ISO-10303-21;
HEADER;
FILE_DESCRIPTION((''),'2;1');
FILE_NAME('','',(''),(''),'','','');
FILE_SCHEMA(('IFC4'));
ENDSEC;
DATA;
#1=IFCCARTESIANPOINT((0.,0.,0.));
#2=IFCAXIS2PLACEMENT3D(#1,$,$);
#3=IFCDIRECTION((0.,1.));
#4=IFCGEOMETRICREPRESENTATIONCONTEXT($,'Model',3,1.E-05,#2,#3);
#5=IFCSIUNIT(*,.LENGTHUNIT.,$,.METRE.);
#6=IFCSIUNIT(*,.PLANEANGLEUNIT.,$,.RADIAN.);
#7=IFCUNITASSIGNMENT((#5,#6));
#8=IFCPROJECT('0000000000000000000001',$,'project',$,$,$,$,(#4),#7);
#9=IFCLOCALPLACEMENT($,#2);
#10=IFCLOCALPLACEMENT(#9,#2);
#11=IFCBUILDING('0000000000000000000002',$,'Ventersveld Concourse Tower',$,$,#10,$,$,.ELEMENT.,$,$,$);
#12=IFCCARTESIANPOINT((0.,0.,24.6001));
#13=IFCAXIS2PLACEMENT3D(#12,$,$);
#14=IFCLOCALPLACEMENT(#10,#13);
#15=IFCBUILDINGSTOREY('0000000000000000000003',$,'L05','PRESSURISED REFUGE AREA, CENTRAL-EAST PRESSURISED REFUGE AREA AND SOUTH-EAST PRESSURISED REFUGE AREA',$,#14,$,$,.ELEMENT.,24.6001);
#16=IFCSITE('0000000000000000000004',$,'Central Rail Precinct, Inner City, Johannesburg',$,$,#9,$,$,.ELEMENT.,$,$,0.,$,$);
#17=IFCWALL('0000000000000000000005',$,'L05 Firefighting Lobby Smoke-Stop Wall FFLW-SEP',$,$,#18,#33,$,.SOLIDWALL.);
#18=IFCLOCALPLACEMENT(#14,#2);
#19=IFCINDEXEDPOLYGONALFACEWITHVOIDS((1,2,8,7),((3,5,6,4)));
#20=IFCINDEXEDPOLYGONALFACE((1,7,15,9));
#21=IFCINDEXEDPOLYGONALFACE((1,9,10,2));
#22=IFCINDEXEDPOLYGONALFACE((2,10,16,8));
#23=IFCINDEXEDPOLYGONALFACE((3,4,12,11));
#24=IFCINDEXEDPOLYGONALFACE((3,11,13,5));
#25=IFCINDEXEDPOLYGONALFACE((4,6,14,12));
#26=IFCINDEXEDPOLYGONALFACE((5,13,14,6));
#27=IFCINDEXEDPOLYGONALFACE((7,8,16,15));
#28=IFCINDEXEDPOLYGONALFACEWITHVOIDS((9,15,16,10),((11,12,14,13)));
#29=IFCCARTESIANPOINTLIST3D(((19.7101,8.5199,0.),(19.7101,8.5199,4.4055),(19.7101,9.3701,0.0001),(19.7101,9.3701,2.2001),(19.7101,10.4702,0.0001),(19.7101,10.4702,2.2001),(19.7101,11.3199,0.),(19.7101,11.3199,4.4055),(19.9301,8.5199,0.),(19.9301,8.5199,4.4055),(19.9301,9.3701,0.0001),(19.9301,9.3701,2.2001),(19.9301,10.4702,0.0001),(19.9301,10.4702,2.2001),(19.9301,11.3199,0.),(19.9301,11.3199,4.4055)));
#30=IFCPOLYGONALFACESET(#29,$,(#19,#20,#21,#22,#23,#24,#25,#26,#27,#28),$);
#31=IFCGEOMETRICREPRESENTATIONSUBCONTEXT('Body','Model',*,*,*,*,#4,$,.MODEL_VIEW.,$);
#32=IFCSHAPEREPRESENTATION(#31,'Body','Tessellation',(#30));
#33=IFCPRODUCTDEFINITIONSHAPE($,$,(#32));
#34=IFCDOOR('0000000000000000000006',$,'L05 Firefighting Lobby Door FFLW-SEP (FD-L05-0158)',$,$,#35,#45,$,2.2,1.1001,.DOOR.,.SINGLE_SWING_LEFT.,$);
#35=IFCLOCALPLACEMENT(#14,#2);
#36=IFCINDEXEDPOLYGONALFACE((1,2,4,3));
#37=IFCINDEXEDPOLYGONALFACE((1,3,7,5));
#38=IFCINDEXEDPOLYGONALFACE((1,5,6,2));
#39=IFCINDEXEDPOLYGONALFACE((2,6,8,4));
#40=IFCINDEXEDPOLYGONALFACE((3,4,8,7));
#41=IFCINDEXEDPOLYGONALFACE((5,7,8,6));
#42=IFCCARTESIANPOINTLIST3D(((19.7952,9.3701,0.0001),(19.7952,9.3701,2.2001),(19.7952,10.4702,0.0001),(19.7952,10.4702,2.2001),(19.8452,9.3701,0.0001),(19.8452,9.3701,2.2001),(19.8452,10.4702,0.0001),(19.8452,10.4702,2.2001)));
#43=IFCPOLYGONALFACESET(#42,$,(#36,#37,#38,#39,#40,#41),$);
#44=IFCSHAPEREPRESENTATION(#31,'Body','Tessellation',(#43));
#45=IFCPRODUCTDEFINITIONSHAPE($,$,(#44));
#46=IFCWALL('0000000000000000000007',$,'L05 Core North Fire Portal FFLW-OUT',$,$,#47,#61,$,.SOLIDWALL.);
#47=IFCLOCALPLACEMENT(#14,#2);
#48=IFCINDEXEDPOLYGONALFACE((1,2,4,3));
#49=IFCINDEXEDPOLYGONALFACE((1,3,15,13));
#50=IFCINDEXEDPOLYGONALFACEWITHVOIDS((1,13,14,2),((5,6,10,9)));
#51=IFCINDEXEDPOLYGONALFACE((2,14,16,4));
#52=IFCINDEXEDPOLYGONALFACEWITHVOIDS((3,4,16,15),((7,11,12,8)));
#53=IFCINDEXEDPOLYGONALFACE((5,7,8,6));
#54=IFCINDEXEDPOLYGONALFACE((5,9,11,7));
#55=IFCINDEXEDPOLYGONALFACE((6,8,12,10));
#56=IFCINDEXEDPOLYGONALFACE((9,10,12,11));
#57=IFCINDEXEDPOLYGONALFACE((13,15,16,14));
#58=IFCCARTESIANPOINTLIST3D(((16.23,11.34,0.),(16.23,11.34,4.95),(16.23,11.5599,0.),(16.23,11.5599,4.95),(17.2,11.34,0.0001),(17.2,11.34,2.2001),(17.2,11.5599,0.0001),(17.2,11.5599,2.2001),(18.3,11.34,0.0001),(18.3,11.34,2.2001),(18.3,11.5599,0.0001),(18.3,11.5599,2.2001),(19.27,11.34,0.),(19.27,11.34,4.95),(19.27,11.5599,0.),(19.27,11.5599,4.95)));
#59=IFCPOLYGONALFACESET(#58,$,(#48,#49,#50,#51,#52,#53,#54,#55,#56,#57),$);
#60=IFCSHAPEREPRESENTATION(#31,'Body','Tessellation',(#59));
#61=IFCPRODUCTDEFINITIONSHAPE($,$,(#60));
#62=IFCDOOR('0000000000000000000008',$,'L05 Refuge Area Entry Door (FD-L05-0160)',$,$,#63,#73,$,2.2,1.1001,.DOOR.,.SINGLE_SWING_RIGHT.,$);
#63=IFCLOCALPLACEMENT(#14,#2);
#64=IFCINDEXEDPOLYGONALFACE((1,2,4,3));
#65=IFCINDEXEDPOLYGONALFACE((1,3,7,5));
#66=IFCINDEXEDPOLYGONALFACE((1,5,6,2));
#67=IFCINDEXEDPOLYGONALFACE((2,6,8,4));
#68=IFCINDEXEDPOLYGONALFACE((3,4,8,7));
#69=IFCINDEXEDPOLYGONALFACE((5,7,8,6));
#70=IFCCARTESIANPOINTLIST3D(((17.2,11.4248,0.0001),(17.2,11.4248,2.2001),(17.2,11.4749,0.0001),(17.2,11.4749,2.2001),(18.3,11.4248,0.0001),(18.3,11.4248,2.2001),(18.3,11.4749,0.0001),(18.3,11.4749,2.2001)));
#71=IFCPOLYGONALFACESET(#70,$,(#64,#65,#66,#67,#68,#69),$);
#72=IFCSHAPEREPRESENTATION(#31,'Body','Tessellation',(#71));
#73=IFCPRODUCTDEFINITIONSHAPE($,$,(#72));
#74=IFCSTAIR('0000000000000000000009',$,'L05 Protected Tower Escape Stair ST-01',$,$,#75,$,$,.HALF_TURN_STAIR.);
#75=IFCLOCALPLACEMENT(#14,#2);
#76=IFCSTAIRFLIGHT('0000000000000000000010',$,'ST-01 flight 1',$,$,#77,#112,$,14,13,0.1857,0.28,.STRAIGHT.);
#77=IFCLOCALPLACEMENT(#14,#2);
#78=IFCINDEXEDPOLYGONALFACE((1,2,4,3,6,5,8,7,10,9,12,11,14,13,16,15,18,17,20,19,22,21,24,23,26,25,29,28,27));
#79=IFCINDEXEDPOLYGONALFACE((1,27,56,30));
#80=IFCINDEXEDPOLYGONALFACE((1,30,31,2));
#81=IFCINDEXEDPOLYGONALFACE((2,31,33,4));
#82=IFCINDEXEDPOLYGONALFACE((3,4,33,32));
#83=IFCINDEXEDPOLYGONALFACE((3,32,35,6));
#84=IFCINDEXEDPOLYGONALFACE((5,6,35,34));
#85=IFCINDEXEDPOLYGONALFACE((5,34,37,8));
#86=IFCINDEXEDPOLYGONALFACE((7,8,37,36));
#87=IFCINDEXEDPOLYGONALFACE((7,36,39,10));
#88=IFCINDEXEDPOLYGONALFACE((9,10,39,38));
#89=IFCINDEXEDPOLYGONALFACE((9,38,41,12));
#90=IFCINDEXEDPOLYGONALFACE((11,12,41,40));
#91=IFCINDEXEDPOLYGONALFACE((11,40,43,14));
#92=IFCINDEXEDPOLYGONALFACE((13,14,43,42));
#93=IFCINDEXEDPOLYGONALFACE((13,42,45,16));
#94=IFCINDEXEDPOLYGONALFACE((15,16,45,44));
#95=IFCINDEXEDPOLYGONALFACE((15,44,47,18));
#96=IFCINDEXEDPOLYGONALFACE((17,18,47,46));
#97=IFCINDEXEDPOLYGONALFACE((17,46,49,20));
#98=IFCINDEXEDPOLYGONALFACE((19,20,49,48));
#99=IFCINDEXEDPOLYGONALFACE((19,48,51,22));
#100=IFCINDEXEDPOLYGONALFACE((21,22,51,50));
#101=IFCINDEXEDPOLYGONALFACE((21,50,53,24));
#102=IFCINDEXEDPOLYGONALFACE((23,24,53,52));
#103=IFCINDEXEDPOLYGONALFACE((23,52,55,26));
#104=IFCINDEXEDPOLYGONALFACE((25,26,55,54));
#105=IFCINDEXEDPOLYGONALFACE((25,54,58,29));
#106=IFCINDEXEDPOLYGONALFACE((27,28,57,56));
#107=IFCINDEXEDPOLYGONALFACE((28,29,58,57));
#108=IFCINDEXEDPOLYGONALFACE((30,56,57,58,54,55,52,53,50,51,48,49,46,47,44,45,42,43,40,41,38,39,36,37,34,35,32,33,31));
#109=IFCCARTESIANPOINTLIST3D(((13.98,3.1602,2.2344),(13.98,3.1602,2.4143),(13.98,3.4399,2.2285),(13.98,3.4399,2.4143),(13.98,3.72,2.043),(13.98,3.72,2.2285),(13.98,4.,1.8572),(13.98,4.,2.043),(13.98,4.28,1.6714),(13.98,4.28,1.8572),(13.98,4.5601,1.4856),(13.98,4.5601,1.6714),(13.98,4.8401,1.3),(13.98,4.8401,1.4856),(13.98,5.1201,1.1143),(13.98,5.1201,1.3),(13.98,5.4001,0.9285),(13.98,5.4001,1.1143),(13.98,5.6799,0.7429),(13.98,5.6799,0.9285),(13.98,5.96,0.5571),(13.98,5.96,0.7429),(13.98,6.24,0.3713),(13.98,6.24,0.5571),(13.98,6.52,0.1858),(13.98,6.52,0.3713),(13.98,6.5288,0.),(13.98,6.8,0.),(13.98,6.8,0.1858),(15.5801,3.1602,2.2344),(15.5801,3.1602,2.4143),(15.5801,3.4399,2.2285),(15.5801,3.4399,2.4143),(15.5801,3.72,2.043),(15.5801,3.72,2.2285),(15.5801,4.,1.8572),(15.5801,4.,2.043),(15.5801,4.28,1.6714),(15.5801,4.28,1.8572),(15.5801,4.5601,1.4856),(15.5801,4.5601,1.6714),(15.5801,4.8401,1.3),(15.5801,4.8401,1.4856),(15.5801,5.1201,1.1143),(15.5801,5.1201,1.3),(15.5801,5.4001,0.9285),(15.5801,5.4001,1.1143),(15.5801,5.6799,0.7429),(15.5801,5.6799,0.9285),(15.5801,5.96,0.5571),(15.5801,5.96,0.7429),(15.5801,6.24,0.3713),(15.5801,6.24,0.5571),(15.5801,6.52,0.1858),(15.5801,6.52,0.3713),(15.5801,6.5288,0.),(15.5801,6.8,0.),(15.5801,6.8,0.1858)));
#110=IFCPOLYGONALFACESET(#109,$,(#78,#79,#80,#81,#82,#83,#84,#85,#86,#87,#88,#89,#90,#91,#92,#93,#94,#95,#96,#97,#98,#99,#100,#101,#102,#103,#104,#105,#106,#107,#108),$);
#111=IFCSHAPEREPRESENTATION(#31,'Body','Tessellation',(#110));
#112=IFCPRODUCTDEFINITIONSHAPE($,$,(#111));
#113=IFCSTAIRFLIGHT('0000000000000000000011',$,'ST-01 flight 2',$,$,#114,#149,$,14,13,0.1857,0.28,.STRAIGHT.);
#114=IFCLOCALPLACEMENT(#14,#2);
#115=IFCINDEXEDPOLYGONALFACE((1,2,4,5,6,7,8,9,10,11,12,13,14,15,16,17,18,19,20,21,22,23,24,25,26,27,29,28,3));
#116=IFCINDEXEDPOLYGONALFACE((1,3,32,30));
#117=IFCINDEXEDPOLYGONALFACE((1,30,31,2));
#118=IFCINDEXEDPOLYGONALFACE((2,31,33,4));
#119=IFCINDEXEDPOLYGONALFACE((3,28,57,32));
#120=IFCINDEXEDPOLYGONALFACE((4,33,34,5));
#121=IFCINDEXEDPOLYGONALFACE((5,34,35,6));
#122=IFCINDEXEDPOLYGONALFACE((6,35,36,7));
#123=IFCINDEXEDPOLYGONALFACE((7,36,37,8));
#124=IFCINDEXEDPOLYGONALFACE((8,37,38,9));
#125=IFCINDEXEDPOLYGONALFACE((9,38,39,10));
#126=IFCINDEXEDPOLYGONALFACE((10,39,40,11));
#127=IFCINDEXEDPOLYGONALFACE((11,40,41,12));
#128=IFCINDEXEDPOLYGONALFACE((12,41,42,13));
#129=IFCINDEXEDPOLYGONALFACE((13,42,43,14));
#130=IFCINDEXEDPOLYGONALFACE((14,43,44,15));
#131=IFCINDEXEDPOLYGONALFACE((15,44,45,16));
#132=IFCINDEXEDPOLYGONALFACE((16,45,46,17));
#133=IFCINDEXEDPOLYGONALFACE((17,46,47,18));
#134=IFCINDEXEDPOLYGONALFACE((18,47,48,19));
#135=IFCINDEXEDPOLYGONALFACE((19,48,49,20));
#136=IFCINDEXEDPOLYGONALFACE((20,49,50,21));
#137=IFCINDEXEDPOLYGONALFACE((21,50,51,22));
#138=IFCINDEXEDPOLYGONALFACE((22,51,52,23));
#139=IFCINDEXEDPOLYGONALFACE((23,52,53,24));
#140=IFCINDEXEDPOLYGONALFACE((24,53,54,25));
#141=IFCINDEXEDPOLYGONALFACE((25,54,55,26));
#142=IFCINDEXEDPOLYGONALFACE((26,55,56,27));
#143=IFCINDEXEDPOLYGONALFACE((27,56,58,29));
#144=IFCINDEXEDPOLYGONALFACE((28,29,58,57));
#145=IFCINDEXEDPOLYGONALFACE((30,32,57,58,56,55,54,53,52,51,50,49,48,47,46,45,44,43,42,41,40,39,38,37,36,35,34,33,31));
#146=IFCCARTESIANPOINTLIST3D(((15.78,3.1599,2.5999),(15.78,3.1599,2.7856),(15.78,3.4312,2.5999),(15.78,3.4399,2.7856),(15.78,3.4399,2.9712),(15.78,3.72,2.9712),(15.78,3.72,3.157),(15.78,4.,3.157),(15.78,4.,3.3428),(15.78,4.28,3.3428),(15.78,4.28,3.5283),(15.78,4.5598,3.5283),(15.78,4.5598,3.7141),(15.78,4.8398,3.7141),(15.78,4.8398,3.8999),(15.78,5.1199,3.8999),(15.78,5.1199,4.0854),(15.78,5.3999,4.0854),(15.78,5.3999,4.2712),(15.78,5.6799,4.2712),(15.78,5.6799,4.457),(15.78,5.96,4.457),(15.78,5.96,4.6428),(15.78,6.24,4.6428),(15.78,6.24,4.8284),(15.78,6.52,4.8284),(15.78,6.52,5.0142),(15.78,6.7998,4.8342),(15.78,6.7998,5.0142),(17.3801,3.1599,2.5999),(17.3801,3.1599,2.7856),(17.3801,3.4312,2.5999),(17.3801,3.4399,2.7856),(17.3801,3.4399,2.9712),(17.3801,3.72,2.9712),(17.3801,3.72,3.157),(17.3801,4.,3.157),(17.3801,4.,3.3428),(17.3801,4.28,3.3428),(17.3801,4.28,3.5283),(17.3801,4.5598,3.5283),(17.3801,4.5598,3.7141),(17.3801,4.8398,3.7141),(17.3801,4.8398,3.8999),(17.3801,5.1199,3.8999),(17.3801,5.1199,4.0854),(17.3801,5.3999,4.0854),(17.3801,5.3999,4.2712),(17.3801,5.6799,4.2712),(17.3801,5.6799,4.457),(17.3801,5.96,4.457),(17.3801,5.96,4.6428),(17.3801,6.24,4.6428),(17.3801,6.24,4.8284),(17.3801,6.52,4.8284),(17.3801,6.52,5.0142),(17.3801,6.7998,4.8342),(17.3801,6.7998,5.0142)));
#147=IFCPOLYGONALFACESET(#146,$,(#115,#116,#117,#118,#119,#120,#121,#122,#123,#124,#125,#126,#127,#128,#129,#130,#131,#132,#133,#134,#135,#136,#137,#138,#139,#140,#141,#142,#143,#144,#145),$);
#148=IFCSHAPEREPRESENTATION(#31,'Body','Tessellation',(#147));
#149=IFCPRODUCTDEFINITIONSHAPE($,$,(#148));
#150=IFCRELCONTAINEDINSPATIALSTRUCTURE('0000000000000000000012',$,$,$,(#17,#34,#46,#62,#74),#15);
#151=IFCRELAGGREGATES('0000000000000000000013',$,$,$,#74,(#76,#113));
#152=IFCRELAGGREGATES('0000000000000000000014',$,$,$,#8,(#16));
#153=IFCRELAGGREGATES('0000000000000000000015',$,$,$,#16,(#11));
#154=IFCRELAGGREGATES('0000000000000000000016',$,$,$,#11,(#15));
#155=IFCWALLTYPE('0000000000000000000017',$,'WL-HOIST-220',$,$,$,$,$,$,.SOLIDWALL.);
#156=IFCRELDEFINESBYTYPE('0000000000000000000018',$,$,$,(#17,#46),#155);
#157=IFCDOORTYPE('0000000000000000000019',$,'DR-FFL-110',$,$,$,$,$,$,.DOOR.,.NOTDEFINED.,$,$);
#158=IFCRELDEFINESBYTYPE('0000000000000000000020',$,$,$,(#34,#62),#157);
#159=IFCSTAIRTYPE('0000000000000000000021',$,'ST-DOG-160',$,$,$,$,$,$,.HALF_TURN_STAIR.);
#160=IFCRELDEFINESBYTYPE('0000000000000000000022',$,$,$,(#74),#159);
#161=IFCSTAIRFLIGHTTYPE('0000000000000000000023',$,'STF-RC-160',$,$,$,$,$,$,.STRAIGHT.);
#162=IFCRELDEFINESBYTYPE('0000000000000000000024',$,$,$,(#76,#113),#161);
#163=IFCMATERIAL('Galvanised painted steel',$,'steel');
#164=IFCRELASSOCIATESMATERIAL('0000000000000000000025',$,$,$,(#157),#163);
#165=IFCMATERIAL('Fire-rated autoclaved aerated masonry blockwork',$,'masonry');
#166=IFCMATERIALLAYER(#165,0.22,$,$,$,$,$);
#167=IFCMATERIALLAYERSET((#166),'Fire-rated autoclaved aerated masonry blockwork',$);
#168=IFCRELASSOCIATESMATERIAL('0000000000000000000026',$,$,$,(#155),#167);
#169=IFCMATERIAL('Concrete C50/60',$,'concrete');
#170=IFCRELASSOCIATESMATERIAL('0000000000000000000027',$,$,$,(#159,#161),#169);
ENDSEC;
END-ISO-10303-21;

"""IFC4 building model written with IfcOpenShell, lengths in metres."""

from ifc_helpers import new_model, si_unit, direction, frame, frame_2d, origin, place, context, subcontext, project, spatial, polyline, rectangle, outline, extrude, material, layer, layer_set, type_object, element, fill, aggregate, save


model = new_model("IFC4")

# Units and contexts
model_context = context("Model", 3, precision=1e-05, world=origin(), true_north=direction((0.0, 1.0)))
body_context = subcontext(model_context, "Body", "Model", "MODEL_VIEW")
ifc_project = project(units=[si_unit("LENGTHUNIT", "METRE"), si_unit("PLANEANGLEUNIT", "RADIAN")], contexts=[model_context])

# Site, building, storey
site_placement = place(None, origin())
site = spatial("IfcSite", under=ifc_project, at=site_placement, Name="Central Rail Precinct, Inner City, Johannesburg", CompositionType="ELEMENT", RefElevation=0.0)
building_placement = place(site_placement, origin())
building = spatial("IfcBuilding", under=site, at=building_placement, Name="Ventersveld Concourse Tower", CompositionType="ELEMENT")
storey_placement = place(building_placement, frame((0.0, 0.0, 24.6001)))
storey = spatial("IfcBuildingStorey", under=building, at=storey_placement, Name="L05", Description="PRESSURISED REFUGE AREA, CENTRAL-EAST PRESSURISED REFUGE AREA AND SOUTH-EAST PRESSURISED REFUGE AREA", CompositionType="ELEMENT", Elevation=24.6001)

# Shared definitions
ifc_material_1 = material(Name="Concrete C50/60", Category="concrete")

# Shared definitions
ifc_material_2 = material(Name="Fire-rated autoclaved aerated masonry blockwork", Category="masonry")
ifc_material_3 = material(Name="Galvanised painted steel", Category="steel")
door_type_1 = type_object("IfcDoorType", Name="DR-FFL-110", OperationType="NOTDEFINED", PredefinedType="DOOR", material=ifc_material_3)

# Shared definitions
ifc_layer_1 = layer(ifc_material_2, 0.22)
ifc_layer_set_1 = layer_set([ifc_layer_1], Name="Fire-rated autoclaved aerated masonry blockwork")
wall_type_1 = type_object("IfcWallType", Name="WL-HOIST-220", PredefinedType="SOLIDWALL", material=ifc_layer_set_1)

# Walls, openings, doors
wall_1_placement = place(storey_placement, frame((19.8201, 8.52, 0.0), z_axis=(0.0, 0.0, 1.0), x_axis=(0.0, 1.0, 0.0)))
wall_1 = element("IfcWall", 1, at=wall_1_placement, inside=storey, type_object=wall_type_1, Name="L05 Firefighting Lobby Smoke-Stop Wall FFLW-SEP", PredefinedType="SOLIDWALL", context=body_context, shape_type="SweptSolid", body=[
    extrude(rectangle(XDim=2.8, YDim=0.22, at=frame_2d((1.3999, 0.0))), origin(), (0.0, 0.0, 1.0), 4.4055),
])
opening_1_placement = place(wall_1_placement, frame((0.8501, 0.0, 0.0)))
opening_1 = element("IfcOpeningElement", 2, at=opening_1_placement, cuts=wall_1, PredefinedType="OPENING", context=body_context, shape_type="SweptSolid", body=[
    extrude(rectangle(XDim=1.1001, YDim=2.2, at=frame_2d((0.55, 1.1001))), frame((0.0, 0.1201, 0.0), z_axis=(0.0, -1.0, 0.0), x_axis=(1.0, 0.0, 0.0)), (0.0, 0.0, 1.0), 0.24),
])
door_1_placement = place(opening_1_placement, origin())
door_1 = element("IfcDoor", 3, at=door_1_placement, inside=storey, type_object=door_type_1, Name="L05 Firefighting Lobby Door FFLW-SEP (FD-L05-0158)", OperationType="SINGLE_SWING_LEFT", OverallHeight=2.2, OverallWidth=1.1001, PredefinedType="DOOR", context=body_context, shape_type="SweptSolid", body=[
    extrude(rectangle(XDim=1.1001, YDim=2.2, at=frame_2d((0.55, 1.1001))), frame((0.0, 0.0249, 0.0), z_axis=(0.0, -1.0, 0.0), x_axis=(1.0, 0.0, 0.0)), (0.0, 0.0, 1.0), 0.05),
])
fill(opening_1, door_1)
wall_2_placement = place(storey_placement, frame((16.23, 11.45, 0.0), z_axis=(0.0, 0.0, 1.0), x_axis=(1.0, 0.0, 0.0)))
wall_2 = element("IfcWall", 4, at=wall_2_placement, inside=storey, type_object=wall_type_1, Name="L05 Core North Fire Portal FFLW-OUT", PredefinedType="SOLIDWALL", context=body_context, shape_type="SweptSolid", body=[
    extrude(rectangle(XDim=3.04, YDim=0.22, at=frame_2d((1.52, 0.0))), origin(), (0.0, 0.0, 1.0), 4.95),
])
opening_2_placement = place(wall_2_placement, frame((0.97, 0.0, 0.0)))
opening_2 = element("IfcOpeningElement", 5, at=opening_2_placement, cuts=wall_2, PredefinedType="OPENING", context=body_context, shape_type="SweptSolid", body=[
    extrude(rectangle(XDim=1.1001, YDim=2.2, at=frame_2d((0.55, 1.1001))), frame((0.0, 0.1201, 0.0), z_axis=(0.0, -1.0, 0.0), x_axis=(1.0, 0.0, 0.0)), (0.0, 0.0, 1.0), 0.24),
])
door_2_placement = place(opening_2_placement, origin())
door_2 = element("IfcDoor", 6, at=door_2_placement, inside=storey, type_object=door_type_1, Name="L05 Refuge Area Entry Door (FD-L05-0160)", OperationType="SINGLE_SWING_RIGHT", OverallHeight=2.2, OverallWidth=1.1001, PredefinedType="DOOR", context=body_context, shape_type="SweptSolid", body=[
    extrude(rectangle(XDim=1.1001, YDim=2.2, at=frame_2d((0.55, 1.1001))), frame((0.0, 0.0249, 0.0), z_axis=(0.0, -1.0, 0.0), x_axis=(1.0, 0.0, 0.0)), (0.0, 0.0, 1.0), 0.05),
])
fill(opening_2, door_2)

# Stair, stair flights
stair_type = type_object("IfcStairType", Name="ST-DOG-160", PredefinedType="HALF_TURN_STAIR", material=ifc_material_1)
stair_placement = place(storey_placement, origin())
stair = element("IfcStair", 7, at=stair_placement, inside=storey, type_object=stair_type, Name="L05 Protected Tower Escape Stair ST-01", PredefinedType="HALF_TURN_STAIR")
stair_flight_type = type_object("IfcStairFlightType", Name="STF-RC-160", PredefinedType="STRAIGHT", material=ifc_material_1)
stair_flight_1_placement = place(storey_placement, frame((14.78, 6.8, 0.0), z_axis=(0.0, 0.0, 1.0), x_axis=(0.0, -1.0, 0.0)))
stair_flight_1 = element("IfcStairFlight", 8, at=stair_flight_1_placement, type_object=stair_flight_type, Name="ST-01 flight 1", NumberOfRisers=14, NumberOfTreads=13, PredefinedType="STRAIGHT", RiserHeight=0.1857, TreadLength=0.28, context=body_context, shape_type="SweptSolid", body=[
    extrude(outline(polyline([(0.0, 0.0), (0.0, 0.1858), (0.28, 0.1858), (0.28, 0.3713), (0.5601, 0.3713), (0.5601, 0.5571), (0.8401, 0.5571), (0.8401, 0.7429), (1.1201, 0.7429), (1.1201, 0.9285), (1.3999, 0.9285), (1.3999, 1.1143), (1.6799, 1.1143), (1.6799, 1.3), (1.96, 1.3), (1.96, 1.4856), (2.24, 1.4856), (2.24, 1.6714), (2.52, 1.6714), (2.52, 1.8572), (2.8, 1.8572), (2.8, 2.043), (3.0801, 2.043), (3.0801, 2.2285), (3.3601, 2.2285), (3.3601, 2.4143), (3.6399, 2.4143), (3.6399, 2.6001), (3.6399, 2.2344), (0.2712, 0.0), (0.0, 0.0)])), frame((0.0, 0.8, 0.0), z_axis=(0.0, -1.0, 0.0), x_axis=(1.0, 0.0, 0.0)), (0.0, 0.0, 1.0), 1.6001),
])
stair_flight_2_placement = place(storey_placement, frame((16.5801, 3.1599, 2.5999), z_axis=(0.0, 0.0, 1.0), x_axis=(0.0, 1.0, 0.0)))
stair_flight_2 = element("IfcStairFlight", 9, at=stair_flight_2_placement, type_object=stair_flight_type, Name="ST-01 flight 2", NumberOfRisers=14, NumberOfTreads=13, PredefinedType="STRAIGHT", RiserHeight=0.1857, TreadLength=0.28, context=body_context, shape_type="SweptSolid", body=[
    extrude(outline(polyline([(0.0, 0.0), (0.0, 0.1858), (0.28, 0.1858), (0.28, 0.3713), (0.5601, 0.3713), (0.5601, 0.5571), (0.8401, 0.5571), (0.8401, 0.7429), (1.1201, 0.7429), (1.1201, 0.9285), (1.3999, 0.9285), (1.3999, 1.1143), (1.6799, 1.1143), (1.6799, 1.3), (1.96, 1.3), (1.96, 1.4856), (2.24, 1.4856), (2.24, 1.6714), (2.52, 1.6714), (2.52, 1.8572), (2.8, 1.8572), (2.8, 2.043), (3.0801, 2.043), (3.0801, 2.2285), (3.3601, 2.2285), (3.3601, 2.4143), (3.6399, 2.4143), (3.6399, 2.6001), (3.6399, 2.2344), (0.2712, 0.0), (0.0, 0.0)])), frame((0.0, 0.8, 0.0), z_axis=(0.0, -1.0, 0.0), x_axis=(1.0, 0.0, 0.0)), (0.0, 0.0, 1.0), 1.6001),
])
aggregate(stair, [stair_flight_1, stair_flight_2])

save(model, "model.ifc")
